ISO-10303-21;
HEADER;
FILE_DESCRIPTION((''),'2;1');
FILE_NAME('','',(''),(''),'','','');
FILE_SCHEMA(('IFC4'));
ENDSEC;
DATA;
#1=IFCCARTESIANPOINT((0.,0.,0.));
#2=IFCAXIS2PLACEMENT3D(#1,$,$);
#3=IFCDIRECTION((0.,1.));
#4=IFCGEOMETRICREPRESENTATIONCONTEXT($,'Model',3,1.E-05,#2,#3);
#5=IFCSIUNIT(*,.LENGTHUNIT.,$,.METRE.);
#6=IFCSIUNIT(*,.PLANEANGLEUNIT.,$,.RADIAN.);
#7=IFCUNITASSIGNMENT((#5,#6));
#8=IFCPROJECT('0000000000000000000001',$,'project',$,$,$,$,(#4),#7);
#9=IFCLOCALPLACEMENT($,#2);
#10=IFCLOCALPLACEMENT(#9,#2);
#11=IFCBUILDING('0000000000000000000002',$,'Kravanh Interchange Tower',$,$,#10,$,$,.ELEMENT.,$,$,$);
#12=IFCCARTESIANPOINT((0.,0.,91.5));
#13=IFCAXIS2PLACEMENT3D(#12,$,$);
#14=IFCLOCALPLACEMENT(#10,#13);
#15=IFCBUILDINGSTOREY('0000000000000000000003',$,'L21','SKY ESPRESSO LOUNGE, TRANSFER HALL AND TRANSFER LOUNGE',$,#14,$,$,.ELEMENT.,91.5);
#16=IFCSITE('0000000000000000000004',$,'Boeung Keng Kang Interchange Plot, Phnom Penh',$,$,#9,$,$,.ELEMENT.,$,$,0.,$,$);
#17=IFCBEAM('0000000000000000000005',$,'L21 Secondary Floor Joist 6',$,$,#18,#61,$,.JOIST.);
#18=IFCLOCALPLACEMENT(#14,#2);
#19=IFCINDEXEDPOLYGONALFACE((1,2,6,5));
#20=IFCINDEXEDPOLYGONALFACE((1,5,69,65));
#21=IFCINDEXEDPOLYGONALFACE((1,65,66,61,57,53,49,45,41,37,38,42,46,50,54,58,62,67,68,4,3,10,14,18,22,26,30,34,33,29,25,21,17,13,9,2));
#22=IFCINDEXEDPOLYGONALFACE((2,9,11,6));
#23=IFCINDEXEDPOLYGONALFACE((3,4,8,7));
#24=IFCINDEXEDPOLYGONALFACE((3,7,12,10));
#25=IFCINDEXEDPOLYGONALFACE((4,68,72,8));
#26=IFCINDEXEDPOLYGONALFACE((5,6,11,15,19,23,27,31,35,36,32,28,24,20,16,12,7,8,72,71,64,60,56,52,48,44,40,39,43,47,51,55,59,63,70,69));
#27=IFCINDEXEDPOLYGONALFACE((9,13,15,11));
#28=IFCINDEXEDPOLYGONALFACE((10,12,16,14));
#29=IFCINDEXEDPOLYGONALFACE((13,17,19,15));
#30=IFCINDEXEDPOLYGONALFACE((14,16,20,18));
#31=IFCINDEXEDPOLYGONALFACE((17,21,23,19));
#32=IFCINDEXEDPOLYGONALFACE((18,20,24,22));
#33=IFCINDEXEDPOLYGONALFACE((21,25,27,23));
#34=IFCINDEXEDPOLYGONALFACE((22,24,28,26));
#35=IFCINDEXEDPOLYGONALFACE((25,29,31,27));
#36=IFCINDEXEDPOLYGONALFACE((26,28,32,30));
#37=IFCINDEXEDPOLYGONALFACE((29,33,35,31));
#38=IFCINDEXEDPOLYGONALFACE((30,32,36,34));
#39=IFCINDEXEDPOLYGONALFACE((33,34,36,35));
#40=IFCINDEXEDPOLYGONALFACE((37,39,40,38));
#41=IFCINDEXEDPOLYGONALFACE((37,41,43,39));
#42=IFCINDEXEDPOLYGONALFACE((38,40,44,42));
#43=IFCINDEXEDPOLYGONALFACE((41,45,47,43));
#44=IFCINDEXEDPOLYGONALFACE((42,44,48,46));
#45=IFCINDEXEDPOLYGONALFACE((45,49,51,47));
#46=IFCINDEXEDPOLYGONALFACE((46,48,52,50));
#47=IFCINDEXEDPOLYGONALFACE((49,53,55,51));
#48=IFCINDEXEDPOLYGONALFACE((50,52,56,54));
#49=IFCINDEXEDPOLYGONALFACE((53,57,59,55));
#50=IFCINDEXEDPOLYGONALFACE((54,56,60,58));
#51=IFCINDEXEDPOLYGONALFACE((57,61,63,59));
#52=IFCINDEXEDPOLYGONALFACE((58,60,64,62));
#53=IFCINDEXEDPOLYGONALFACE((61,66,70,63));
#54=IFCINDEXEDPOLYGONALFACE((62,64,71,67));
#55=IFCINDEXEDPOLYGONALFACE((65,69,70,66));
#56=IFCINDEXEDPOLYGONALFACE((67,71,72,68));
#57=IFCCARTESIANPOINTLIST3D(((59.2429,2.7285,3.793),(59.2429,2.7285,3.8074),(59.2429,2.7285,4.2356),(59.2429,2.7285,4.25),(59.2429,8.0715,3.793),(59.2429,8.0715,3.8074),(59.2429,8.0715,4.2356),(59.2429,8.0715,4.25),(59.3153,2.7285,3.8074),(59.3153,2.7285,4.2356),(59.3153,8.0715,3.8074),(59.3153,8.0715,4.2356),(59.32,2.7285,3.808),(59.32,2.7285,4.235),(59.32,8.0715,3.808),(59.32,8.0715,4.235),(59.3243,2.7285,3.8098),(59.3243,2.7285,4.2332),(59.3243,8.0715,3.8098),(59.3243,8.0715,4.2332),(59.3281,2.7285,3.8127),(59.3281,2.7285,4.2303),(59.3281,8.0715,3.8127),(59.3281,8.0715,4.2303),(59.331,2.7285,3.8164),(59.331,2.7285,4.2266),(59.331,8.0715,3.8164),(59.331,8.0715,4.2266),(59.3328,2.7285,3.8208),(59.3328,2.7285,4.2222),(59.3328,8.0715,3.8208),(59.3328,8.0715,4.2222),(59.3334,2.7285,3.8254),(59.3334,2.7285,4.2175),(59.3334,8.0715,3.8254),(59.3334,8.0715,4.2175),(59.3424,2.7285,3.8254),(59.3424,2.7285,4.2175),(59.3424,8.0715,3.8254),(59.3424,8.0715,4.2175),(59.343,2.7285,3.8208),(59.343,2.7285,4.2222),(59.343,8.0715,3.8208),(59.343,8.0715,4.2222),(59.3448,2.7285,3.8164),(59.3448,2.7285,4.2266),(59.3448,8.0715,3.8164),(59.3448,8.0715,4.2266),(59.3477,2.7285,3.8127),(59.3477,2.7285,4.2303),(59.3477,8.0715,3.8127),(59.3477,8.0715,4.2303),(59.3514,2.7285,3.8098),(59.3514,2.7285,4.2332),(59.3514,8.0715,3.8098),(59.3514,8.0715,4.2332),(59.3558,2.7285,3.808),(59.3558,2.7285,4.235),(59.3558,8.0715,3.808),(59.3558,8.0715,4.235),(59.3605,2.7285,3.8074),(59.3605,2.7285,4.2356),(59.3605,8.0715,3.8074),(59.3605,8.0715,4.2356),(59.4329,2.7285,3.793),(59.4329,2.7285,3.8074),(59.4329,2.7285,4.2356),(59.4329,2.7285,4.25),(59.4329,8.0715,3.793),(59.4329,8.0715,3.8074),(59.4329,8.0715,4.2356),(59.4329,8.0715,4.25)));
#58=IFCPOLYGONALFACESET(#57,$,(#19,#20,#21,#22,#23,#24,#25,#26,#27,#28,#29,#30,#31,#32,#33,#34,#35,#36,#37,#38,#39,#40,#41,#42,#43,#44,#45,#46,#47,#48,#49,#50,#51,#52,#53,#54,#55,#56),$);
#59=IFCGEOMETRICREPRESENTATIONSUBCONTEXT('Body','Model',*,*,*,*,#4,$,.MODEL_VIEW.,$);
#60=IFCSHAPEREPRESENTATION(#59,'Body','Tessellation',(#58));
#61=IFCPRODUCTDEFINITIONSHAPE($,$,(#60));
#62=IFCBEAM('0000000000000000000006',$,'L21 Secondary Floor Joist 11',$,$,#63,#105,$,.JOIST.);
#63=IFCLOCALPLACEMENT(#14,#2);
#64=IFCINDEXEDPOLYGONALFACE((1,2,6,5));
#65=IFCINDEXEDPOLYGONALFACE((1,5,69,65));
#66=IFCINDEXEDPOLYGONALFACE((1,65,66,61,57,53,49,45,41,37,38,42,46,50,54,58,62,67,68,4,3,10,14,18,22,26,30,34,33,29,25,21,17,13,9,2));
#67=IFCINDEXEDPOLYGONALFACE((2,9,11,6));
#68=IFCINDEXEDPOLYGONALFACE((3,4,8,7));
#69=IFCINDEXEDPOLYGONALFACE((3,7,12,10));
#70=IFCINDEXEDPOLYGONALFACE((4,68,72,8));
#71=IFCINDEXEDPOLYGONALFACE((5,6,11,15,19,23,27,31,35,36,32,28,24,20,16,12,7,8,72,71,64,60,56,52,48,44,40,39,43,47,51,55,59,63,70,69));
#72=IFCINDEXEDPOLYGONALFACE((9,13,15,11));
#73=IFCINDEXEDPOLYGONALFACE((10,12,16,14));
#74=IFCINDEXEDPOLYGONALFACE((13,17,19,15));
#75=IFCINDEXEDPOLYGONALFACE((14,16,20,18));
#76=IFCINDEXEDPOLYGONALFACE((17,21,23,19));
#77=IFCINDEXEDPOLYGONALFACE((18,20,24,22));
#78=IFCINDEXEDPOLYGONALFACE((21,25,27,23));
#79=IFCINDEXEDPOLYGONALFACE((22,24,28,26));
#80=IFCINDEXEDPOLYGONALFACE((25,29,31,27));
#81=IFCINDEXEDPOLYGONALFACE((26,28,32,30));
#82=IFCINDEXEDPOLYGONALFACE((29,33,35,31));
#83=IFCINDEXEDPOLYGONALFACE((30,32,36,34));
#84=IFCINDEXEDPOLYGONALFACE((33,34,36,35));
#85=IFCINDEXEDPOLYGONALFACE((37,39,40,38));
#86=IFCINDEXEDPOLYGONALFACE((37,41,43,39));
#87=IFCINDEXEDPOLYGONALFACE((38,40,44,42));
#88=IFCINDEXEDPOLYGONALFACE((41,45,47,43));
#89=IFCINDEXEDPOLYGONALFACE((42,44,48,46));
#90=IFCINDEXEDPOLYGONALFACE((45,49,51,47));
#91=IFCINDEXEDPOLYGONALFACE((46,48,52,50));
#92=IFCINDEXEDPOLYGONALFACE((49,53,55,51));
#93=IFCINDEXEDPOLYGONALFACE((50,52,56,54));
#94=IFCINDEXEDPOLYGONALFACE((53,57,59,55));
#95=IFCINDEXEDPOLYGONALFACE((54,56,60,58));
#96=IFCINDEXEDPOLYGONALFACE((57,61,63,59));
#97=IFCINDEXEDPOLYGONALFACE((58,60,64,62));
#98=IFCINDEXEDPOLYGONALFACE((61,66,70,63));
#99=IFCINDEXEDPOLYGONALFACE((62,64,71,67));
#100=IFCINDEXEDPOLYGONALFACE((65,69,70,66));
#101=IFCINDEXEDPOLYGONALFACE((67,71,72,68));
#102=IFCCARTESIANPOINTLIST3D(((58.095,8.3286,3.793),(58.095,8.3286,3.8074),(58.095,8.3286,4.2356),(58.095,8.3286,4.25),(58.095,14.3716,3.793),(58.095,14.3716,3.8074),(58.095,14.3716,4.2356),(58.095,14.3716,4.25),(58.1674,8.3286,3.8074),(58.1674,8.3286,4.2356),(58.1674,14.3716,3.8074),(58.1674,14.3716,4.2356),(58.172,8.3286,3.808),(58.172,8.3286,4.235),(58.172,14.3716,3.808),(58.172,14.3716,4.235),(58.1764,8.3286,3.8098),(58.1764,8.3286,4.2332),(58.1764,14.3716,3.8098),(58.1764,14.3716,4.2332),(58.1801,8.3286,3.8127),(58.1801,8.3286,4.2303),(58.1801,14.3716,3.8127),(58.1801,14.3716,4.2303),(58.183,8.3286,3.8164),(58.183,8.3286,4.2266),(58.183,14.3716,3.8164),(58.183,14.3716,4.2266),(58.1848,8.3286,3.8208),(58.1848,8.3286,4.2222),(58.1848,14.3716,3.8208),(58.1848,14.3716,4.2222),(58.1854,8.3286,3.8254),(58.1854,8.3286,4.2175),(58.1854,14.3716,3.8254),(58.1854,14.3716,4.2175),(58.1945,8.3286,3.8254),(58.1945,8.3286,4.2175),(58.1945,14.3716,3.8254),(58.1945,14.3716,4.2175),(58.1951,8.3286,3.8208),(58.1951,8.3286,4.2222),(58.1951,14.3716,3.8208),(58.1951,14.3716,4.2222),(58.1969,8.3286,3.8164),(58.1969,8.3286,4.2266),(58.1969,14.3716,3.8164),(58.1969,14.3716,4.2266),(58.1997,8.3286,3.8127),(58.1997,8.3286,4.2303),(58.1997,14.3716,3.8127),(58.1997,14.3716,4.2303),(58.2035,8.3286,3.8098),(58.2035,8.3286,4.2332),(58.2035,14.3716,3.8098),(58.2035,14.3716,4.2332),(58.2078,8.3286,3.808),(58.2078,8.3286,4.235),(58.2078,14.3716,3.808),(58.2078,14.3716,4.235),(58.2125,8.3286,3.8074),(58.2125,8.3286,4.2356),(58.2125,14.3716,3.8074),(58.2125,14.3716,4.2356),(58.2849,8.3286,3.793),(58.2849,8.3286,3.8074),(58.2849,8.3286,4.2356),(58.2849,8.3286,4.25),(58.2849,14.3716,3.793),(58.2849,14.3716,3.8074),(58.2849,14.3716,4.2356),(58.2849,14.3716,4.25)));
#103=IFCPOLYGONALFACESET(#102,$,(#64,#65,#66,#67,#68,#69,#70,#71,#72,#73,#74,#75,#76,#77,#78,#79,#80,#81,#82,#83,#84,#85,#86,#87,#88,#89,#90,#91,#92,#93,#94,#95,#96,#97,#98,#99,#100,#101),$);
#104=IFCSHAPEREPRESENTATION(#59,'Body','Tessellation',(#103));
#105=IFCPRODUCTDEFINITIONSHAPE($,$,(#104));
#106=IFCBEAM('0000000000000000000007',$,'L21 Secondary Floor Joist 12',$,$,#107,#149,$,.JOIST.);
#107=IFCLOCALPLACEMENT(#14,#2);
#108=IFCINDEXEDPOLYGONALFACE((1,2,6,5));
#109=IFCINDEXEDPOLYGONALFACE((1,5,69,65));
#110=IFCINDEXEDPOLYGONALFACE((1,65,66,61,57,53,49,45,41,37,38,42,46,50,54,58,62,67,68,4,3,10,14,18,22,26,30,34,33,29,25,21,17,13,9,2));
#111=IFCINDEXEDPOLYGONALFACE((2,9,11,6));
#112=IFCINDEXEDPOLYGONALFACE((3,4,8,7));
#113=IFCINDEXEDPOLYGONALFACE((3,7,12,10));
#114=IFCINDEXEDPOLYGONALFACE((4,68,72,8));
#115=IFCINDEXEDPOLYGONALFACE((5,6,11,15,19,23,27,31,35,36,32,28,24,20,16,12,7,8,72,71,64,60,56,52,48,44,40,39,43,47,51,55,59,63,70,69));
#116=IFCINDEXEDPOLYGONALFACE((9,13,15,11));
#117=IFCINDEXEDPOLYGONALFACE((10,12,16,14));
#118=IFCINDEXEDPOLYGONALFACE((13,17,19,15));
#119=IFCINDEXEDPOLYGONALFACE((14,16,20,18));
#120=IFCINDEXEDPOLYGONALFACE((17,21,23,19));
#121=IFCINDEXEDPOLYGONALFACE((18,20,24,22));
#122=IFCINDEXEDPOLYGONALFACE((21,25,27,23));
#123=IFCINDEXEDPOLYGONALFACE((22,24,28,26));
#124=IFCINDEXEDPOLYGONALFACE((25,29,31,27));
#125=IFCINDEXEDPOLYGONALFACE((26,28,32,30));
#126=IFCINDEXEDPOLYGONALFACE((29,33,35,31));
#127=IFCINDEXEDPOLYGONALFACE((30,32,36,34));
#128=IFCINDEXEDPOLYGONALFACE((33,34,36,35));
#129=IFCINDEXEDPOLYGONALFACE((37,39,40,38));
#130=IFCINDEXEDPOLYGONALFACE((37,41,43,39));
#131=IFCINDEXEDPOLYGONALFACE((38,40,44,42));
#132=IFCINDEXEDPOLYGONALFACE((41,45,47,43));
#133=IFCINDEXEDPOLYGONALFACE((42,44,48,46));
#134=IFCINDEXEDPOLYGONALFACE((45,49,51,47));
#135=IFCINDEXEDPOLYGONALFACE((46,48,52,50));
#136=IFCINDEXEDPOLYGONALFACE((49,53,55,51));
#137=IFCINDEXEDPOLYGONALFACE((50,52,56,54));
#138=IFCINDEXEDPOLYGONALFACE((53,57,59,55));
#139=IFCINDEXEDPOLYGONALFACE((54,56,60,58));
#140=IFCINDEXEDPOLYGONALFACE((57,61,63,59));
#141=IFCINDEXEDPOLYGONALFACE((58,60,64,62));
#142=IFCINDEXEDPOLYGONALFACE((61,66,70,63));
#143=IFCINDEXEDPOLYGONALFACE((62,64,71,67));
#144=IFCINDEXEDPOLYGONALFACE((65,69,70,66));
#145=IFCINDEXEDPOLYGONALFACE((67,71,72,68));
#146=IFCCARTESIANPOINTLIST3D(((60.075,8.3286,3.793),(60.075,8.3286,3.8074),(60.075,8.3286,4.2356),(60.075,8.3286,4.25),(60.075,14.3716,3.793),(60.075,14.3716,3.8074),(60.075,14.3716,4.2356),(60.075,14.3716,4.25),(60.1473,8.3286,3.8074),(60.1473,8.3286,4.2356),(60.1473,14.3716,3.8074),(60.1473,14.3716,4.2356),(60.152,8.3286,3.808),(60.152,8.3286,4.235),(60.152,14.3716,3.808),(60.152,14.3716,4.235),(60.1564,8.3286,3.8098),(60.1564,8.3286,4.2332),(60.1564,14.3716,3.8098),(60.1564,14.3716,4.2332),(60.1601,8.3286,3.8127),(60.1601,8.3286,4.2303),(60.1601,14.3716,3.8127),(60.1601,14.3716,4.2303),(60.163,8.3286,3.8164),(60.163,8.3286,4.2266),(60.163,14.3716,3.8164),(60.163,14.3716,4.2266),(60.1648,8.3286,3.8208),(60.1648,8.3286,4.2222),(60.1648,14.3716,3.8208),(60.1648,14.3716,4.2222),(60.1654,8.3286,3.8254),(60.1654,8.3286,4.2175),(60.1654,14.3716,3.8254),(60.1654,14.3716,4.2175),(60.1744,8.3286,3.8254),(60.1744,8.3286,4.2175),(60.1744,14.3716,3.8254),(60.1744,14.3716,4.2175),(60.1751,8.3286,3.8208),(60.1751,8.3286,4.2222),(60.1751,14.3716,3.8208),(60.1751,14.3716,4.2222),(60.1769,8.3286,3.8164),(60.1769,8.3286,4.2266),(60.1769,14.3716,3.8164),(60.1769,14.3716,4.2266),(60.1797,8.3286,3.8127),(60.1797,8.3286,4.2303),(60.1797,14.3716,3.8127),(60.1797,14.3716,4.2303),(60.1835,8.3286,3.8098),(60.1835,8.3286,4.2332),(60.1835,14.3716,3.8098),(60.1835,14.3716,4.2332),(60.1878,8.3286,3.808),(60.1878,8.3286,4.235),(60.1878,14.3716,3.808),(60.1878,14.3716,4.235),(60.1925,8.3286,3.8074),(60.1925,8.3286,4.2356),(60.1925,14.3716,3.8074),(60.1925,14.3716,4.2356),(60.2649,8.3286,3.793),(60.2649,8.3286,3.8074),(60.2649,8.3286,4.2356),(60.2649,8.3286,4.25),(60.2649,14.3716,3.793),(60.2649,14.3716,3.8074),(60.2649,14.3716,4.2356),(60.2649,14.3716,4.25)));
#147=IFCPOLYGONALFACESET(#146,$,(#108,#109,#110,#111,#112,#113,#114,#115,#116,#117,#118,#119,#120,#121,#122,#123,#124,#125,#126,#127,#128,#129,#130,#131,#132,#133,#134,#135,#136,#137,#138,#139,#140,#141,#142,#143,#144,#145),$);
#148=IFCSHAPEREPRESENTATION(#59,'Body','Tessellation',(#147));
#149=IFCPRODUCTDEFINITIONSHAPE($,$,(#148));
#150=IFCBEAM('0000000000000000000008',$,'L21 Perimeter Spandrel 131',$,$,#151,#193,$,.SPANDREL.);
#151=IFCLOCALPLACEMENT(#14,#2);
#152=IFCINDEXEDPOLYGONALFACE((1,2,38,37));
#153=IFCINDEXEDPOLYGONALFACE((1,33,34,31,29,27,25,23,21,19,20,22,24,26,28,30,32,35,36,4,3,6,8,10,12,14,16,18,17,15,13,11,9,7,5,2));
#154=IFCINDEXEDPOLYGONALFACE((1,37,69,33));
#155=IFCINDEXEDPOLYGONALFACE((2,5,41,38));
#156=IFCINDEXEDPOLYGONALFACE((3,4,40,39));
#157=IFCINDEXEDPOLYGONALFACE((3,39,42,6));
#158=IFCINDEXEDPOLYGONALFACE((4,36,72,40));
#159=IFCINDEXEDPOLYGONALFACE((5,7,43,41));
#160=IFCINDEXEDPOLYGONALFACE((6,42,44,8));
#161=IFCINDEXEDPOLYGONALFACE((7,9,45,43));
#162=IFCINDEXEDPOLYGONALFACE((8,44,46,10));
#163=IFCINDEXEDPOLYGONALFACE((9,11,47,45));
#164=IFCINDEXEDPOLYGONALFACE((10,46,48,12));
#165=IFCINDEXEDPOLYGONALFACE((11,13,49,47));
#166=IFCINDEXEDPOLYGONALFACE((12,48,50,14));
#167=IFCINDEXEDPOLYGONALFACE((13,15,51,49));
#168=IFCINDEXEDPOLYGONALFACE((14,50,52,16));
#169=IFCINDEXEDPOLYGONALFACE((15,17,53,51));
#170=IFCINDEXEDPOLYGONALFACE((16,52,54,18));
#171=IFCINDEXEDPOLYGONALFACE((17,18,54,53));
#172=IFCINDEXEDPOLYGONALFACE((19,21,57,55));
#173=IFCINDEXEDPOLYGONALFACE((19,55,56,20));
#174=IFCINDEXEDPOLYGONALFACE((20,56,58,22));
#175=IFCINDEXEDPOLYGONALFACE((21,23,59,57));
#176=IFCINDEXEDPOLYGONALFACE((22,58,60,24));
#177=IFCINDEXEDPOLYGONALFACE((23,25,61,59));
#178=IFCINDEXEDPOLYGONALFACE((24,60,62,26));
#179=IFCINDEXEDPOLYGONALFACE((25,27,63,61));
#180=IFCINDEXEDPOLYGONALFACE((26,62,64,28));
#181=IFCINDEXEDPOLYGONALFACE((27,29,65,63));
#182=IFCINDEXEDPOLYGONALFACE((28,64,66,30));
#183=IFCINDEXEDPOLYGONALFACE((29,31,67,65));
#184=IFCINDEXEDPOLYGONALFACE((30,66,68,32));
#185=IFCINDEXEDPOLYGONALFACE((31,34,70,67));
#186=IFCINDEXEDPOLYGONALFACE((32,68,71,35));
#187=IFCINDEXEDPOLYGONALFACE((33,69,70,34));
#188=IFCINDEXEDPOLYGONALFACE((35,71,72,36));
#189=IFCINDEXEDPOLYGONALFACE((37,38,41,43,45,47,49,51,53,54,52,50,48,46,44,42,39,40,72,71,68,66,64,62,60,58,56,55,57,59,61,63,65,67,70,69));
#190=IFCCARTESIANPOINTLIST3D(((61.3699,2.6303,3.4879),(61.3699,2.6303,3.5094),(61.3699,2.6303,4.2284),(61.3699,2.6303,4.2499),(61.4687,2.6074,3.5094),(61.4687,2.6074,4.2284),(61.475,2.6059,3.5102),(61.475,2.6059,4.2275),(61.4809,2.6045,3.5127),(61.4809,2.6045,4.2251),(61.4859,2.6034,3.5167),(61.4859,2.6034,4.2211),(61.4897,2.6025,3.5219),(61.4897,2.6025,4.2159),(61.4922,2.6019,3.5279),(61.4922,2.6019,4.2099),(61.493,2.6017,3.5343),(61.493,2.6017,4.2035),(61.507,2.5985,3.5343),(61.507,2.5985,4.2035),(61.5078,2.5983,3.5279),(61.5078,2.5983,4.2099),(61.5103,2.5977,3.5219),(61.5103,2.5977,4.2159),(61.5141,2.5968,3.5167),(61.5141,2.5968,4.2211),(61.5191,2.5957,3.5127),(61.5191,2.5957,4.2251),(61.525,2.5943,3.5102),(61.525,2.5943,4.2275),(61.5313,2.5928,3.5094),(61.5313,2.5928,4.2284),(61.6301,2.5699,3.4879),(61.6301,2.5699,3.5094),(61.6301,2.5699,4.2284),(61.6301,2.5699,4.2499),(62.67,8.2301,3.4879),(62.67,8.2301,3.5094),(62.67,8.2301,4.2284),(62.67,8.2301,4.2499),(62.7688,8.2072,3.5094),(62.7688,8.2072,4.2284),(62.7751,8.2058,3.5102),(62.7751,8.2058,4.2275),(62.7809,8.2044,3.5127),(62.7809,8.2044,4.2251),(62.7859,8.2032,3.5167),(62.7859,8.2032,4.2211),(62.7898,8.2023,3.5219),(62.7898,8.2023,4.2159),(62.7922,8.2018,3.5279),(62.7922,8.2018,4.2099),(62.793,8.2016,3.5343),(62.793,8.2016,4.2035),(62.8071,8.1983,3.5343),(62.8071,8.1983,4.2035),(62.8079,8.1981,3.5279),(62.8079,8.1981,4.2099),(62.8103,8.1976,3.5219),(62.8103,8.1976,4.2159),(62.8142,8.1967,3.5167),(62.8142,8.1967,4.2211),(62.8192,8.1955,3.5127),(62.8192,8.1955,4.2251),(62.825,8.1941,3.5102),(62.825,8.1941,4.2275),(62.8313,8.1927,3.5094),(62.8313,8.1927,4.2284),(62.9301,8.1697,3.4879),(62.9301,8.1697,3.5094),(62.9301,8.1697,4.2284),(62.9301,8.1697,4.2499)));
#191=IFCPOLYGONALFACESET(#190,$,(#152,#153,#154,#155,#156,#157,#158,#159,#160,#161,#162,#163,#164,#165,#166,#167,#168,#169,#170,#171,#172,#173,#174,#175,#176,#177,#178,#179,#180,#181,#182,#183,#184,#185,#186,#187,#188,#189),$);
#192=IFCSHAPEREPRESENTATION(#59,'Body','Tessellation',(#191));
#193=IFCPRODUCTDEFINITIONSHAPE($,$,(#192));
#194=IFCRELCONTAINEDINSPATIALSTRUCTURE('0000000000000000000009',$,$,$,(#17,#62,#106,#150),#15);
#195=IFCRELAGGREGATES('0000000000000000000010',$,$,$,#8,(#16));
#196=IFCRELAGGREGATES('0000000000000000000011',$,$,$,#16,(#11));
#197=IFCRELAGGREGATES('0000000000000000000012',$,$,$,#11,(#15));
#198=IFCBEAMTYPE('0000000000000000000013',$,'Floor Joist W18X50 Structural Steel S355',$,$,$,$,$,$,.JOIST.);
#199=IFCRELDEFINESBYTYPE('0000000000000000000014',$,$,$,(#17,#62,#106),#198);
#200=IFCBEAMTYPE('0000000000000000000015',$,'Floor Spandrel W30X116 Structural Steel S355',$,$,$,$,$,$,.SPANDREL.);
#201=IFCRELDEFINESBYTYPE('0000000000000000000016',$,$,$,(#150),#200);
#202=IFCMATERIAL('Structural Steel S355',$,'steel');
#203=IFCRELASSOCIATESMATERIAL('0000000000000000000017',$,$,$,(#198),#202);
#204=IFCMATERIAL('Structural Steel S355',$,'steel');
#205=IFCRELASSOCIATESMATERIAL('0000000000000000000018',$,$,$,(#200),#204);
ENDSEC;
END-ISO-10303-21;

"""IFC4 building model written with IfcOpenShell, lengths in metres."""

from ifc_helpers import new_model, si_unit, direction, frame, origin, origin_2d, place, context, subcontext, project, spatial, i_section, extrude, material, material_profile, profile_set, type_object, element, save


model = new_model("IFC4")

# Units and contexts
model_context = context("Model", 3, precision=1e-05, world=origin(), true_north=direction((0.0, 1.0)))
body_context = subcontext(model_context, "Body", "Model", "MODEL_VIEW")
ifc_project = project(units=[si_unit("LENGTHUNIT", "METRE"), si_unit("PLANEANGLEUNIT", "RADIAN")], contexts=[model_context])

# Site, building, storey
site_placement = place(None, origin())
site = spatial("IfcSite", under=ifc_project, at=site_placement, Name="Boeung Keng Kang Interchange Plot, Phnom Penh", CompositionType="ELEMENT", RefElevation=0.0)
building_placement = place(site_placement, origin())
building = spatial("IfcBuilding", under=site, at=building_placement, Name="Kravanh Interchange Tower", CompositionType="ELEMENT")
storey_placement = place(building_placement, frame((0.0, 0.0, 91.5)))
storey = spatial("IfcBuildingStorey", under=building, at=storey_placement, Name="L21", Description="SKY ESPRESSO LOUNGE, TRANSFER HALL AND TRANSFER LOUNGE", CompositionType="ELEMENT", Elevation=91.5)

# Beams
ifc_material_1 = material(Name="Structural Steel S355", Category="steel")
ifc_material_profile_1 = material_profile(ifc_material_1, i_section(OverallWidth=0.1899, OverallDepth=0.457, WebThickness=0.009, FlangeThickness=0.0144, FilletRadius=0.0181, at=origin_2d()), Name="W18X50")
ifc_profile_set_1 = profile_set([ifc_material_profile_1], Name="Structural Steel S355")
beam_type_1 = type_object("IfcBeamType", Name="Floor Joist W18X50 Structural Steel S355", PredefinedType="JOIST", material=ifc_profile_set_1)
for number, where, z_axis, x_axis, name in (
    (1, (59.3379, 2.7285, 4.0215), (0.0, 1.0, 0.0), (-1.0, 0.0, 0.0), "L21 Secondary Floor Joist 6"),
):
    element("IfcBeam", number, at=place(storey_placement, frame(where, z_axis=z_axis, x_axis=x_axis)), inside=storey, type_object=beam_type_1, Name=name, PredefinedType="JOIST", context=body_context, shape_type="SweptSolid", body=[
        extrude(i_section(OverallWidth=0.1899, OverallDepth=0.457, WebThickness=0.009, FlangeThickness=0.0144, FilletRadius=0.0181, at=origin_2d()), origin(), (0.0, 0.0, 1.0), 5.343),
    ])
for number, where, z_axis, x_axis, name in (
    (2, (58.1899, 8.3286, 4.0215), (0.0, 1.0, 0.0), (-1.0, 0.0, 0.0), "L21 Secondary Floor Joist 11"),
    (3, (60.1699, 8.3286, 4.0215), (0.0, 1.0, 0.0), (-1.0, 0.0, 0.0), "L21 Secondary Floor Joist 12"),
):
    element("IfcBeam", number, at=place(storey_placement, frame(where, z_axis=z_axis, x_axis=x_axis)), inside=storey, type_object=beam_type_1, Name=name, PredefinedType="JOIST", context=body_context, shape_type="SweptSolid", body=[
        extrude(i_section(OverallWidth=0.1899, OverallDepth=0.457, WebThickness=0.009, FlangeThickness=0.0144, FilletRadius=0.0181, at=origin_2d()), origin(), (0.0, 0.0, 1.0), 6.043),
    ])
ifc_material_2 = material(Name="Structural Steel S355", Category="steel")
ifc_material_profile_2 = material_profile(ifc_material_2, i_section(OverallWidth=0.2671, OverallDepth=0.762, WebThickness=0.0144, FlangeThickness=0.0215, FilletRadius=0.0249, at=origin_2d()), Name="W30X116")
ifc_profile_set_2 = profile_set([ifc_material_profile_2], Name="Structural Steel S355")
beam_type_2 = type_object("IfcBeamType", Name="Floor Spandrel W30X116 Structural Steel S355", PredefinedType="SPANDREL", material=ifc_profile_set_2)
beam_1_placement = place(storey_placement, frame((61.5, 2.6001, 3.8689), z_axis=(0.226143, 0.974094, 0.0), x_axis=(-0.974094, 0.226143, 0.0)))
element("IfcBeam", 4, at=beam_1_placement, inside=storey, type_object=beam_type_2, Name="L21 Perimeter Spandrel 131", PredefinedType="SPANDREL", context=body_context, shape_type="SweptSolid", body=[
    extrude(i_section(OverallWidth=0.2671, OverallDepth=0.762, WebThickness=0.0144, FlangeThickness=0.0215, FilletRadius=0.0249, at=origin_2d()), origin(), (0.0, 0.0, 1.0), 5.7488),
])

save(model, "model.ifc")
